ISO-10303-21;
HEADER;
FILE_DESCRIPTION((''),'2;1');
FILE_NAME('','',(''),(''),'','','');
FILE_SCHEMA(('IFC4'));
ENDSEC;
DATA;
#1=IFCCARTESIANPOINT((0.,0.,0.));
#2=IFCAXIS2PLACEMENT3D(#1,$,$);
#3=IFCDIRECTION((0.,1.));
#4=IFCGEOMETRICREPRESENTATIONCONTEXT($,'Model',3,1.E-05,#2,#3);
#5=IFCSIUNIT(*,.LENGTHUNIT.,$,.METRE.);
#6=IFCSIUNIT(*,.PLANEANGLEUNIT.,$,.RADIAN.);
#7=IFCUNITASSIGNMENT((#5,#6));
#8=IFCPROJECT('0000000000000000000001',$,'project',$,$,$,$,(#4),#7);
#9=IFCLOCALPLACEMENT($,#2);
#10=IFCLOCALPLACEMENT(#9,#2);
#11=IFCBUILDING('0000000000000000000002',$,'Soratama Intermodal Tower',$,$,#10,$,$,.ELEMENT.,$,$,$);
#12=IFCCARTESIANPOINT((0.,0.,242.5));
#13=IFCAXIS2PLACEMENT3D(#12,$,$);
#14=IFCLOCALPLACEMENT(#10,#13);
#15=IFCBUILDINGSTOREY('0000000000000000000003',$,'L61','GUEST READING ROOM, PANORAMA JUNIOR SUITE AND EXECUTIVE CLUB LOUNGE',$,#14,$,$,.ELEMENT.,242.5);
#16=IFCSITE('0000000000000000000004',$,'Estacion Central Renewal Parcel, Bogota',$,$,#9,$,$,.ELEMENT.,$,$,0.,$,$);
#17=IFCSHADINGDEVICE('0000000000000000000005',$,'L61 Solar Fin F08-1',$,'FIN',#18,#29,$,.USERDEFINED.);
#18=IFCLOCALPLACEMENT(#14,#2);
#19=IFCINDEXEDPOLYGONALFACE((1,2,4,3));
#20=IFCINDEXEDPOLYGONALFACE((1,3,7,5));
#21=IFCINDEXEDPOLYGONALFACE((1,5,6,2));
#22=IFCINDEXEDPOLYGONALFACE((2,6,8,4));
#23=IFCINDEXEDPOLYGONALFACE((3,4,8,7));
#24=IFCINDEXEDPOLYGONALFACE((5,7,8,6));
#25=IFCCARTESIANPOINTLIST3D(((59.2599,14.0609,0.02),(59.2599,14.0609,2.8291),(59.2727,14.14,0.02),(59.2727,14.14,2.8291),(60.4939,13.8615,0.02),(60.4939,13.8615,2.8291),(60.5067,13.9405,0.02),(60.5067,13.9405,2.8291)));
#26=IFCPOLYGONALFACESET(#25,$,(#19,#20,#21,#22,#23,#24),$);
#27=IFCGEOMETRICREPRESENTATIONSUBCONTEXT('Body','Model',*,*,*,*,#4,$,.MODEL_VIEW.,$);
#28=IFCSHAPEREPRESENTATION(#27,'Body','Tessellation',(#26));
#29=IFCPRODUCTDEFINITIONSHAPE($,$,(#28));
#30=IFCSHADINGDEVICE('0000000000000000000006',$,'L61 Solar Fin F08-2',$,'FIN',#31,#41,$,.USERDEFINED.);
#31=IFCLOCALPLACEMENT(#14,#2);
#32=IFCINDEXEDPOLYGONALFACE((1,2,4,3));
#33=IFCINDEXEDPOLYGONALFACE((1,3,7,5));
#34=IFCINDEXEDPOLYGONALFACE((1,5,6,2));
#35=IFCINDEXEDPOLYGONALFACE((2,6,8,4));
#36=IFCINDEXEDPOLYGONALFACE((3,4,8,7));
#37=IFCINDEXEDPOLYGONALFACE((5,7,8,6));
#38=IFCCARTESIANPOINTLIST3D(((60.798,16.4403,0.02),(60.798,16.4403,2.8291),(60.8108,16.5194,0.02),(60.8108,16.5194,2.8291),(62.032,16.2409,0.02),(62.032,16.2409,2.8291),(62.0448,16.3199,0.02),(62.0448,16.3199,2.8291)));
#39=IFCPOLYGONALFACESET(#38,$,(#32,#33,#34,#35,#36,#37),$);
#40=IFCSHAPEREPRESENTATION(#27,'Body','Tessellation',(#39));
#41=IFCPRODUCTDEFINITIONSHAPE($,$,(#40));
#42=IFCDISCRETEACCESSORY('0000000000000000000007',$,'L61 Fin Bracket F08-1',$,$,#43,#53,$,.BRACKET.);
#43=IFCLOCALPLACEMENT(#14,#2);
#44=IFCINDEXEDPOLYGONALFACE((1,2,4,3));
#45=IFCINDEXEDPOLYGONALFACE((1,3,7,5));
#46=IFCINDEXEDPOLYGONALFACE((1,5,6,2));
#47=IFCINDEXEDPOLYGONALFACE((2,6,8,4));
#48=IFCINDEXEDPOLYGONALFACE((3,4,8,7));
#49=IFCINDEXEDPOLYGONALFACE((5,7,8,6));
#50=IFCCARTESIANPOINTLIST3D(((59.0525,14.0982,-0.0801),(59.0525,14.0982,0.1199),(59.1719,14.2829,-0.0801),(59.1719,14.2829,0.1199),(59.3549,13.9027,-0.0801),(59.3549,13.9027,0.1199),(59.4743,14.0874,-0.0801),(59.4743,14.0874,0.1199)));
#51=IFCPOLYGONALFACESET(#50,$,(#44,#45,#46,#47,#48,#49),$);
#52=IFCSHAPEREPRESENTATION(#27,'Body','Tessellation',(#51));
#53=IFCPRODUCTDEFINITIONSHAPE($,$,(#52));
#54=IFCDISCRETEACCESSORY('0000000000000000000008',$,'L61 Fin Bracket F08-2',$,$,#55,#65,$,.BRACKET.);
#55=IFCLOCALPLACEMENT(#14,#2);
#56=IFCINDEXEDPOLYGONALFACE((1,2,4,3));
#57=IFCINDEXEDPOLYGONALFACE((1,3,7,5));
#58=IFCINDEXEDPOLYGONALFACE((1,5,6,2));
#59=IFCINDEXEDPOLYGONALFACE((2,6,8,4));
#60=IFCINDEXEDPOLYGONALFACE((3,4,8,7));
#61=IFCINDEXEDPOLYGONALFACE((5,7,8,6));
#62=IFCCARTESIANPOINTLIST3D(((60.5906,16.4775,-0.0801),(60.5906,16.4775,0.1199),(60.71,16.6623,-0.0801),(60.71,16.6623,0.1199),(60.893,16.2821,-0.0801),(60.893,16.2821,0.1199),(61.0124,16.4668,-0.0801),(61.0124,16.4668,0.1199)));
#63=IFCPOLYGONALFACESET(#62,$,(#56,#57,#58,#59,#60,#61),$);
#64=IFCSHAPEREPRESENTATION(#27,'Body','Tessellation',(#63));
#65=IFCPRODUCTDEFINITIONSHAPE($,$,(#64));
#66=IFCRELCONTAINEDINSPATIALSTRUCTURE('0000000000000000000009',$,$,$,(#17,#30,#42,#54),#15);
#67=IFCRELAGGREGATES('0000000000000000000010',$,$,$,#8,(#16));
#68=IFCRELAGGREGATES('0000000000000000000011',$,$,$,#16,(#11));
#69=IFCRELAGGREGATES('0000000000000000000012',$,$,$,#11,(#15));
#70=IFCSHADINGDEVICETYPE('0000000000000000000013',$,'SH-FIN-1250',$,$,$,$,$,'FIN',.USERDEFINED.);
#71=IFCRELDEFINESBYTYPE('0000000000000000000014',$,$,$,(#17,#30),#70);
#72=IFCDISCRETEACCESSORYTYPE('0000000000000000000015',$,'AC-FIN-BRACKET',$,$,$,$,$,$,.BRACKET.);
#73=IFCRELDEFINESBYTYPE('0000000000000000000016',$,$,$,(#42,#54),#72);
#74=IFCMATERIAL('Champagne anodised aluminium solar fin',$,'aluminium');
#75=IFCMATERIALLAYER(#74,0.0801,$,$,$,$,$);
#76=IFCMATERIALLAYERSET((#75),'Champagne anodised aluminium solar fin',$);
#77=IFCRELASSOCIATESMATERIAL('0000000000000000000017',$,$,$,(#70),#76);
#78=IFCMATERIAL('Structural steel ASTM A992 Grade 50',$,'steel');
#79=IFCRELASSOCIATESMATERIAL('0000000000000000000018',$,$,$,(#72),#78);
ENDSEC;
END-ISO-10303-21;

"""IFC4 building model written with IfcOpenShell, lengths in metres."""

from ifc_helpers import new_model, si_unit, direction, frame, origin, origin_2d, place, context, subcontext, project, spatial, rectangle, extrude, material, layer, layer_set, type_object, element, save


model = new_model("IFC4")

# Units and contexts
model_context = context("Model", 3, precision=1e-05, world=origin(), true_north=direction((0.0, 1.0)))
body_context = subcontext(model_context, "Body", "Model", "MODEL_VIEW")
ifc_project = project(units=[si_unit("LENGTHUNIT", "METRE"), si_unit("PLANEANGLEUNIT", "RADIAN")], contexts=[model_context])

# Site, building, storey
site_placement = place(None, origin())
site = spatial("IfcSite", under=ifc_project, at=site_placement, Name="Estacion Central Renewal Parcel, Bogota", CompositionType="ELEMENT", RefElevation=0.0)
building_placement = place(site_placement, origin())
building = spatial("IfcBuilding", under=site, at=building_placement, Name="Soratama Intermodal Tower", CompositionType="ELEMENT")
storey_placement = place(building_placement, frame((0.0, 0.0, 242.5)))
storey = spatial("IfcBuildingStorey", under=building, at=storey_placement, Name="L61", Description="GUEST READING ROOM, PANORAMA JUNIOR SUITE AND EXECUTIVE CLUB LOUNGE", CompositionType="ELEMENT", Elevation=242.5)

# Shading devices
ifc_material_1 = material(Name="Champagne anodised aluminium solar fin", Category="aluminium")
ifc_layer_1 = layer(ifc_material_1, 0.0801)
ifc_layer_set_1 = layer_set([ifc_layer_1], Name="Champagne anodised aluminium solar fin")
shading_device_type = type_object("IfcShadingDeviceType", Name="SH-FIN-1250", ElementType="FIN", PredefinedType="USERDEFINED", material=ifc_layer_set_1)
for number, where, z_axis, x_axis, name in (
    (1, (59.8833, 14.0007, 0.02), (0.0, 0.0, 1.0), (0.987192, -0.159537, 0.0), "L61 Solar Fin F08-1"),
    (2, (61.4214, 16.3801, 0.02), (0.0, 0.0, 1.0), (0.987192, -0.159537, 0.0), "L61 Solar Fin F08-2"),
):
    element("IfcShadingDevice", number, at=place(storey_placement, frame(where, z_axis=z_axis, x_axis=x_axis)), inside=storey, type_object=shading_device_type, Name=name, ObjectType="FIN", PredefinedType="USERDEFINED", context=body_context, shape_type="SweptSolid", body=[
        extrude(rectangle(XDim=1.25, YDim=0.0801, at=origin_2d()), origin(), (0.0, 0.0, 1.0), 2.8091),
    ])

# Discrete accessories
ifc_material_2 = material(Name="Structural steel ASTM A992 Grade 50", Category="steel")
discrete_accessory_type = type_object("IfcDiscreteAccessoryType", Name="AC-FIN-BRACKET", PredefinedType="BRACKET", material=ifc_material_2)
for number, where, z_axis, x_axis, name in (
    (3, (59.2634, 14.0928, -0.0801), (0.0, 0.0, 1.0), (0.839809, -0.542881, 0.0), "L61 Fin Bracket F08-1"),
    (4, (60.8015, 16.4722, -0.0801), (0.0, 0.0, 1.0), (0.839809, -0.542881, 0.0), "L61 Fin Bracket F08-2"),
):
    element("IfcDiscreteAccessory", number, at=place(storey_placement, frame(where, z_axis=z_axis, x_axis=x_axis)), inside=storey, type_object=discrete_accessory_type, Name=name, PredefinedType="BRACKET", context=body_context, shape_type="SweptSolid", body=[
        extrude(rectangle(XDim=0.3601, YDim=0.22, at=origin_2d()), origin(), (0.0, 0.0, 1.0), 0.2),
    ])

save(model, "model.ifc")
